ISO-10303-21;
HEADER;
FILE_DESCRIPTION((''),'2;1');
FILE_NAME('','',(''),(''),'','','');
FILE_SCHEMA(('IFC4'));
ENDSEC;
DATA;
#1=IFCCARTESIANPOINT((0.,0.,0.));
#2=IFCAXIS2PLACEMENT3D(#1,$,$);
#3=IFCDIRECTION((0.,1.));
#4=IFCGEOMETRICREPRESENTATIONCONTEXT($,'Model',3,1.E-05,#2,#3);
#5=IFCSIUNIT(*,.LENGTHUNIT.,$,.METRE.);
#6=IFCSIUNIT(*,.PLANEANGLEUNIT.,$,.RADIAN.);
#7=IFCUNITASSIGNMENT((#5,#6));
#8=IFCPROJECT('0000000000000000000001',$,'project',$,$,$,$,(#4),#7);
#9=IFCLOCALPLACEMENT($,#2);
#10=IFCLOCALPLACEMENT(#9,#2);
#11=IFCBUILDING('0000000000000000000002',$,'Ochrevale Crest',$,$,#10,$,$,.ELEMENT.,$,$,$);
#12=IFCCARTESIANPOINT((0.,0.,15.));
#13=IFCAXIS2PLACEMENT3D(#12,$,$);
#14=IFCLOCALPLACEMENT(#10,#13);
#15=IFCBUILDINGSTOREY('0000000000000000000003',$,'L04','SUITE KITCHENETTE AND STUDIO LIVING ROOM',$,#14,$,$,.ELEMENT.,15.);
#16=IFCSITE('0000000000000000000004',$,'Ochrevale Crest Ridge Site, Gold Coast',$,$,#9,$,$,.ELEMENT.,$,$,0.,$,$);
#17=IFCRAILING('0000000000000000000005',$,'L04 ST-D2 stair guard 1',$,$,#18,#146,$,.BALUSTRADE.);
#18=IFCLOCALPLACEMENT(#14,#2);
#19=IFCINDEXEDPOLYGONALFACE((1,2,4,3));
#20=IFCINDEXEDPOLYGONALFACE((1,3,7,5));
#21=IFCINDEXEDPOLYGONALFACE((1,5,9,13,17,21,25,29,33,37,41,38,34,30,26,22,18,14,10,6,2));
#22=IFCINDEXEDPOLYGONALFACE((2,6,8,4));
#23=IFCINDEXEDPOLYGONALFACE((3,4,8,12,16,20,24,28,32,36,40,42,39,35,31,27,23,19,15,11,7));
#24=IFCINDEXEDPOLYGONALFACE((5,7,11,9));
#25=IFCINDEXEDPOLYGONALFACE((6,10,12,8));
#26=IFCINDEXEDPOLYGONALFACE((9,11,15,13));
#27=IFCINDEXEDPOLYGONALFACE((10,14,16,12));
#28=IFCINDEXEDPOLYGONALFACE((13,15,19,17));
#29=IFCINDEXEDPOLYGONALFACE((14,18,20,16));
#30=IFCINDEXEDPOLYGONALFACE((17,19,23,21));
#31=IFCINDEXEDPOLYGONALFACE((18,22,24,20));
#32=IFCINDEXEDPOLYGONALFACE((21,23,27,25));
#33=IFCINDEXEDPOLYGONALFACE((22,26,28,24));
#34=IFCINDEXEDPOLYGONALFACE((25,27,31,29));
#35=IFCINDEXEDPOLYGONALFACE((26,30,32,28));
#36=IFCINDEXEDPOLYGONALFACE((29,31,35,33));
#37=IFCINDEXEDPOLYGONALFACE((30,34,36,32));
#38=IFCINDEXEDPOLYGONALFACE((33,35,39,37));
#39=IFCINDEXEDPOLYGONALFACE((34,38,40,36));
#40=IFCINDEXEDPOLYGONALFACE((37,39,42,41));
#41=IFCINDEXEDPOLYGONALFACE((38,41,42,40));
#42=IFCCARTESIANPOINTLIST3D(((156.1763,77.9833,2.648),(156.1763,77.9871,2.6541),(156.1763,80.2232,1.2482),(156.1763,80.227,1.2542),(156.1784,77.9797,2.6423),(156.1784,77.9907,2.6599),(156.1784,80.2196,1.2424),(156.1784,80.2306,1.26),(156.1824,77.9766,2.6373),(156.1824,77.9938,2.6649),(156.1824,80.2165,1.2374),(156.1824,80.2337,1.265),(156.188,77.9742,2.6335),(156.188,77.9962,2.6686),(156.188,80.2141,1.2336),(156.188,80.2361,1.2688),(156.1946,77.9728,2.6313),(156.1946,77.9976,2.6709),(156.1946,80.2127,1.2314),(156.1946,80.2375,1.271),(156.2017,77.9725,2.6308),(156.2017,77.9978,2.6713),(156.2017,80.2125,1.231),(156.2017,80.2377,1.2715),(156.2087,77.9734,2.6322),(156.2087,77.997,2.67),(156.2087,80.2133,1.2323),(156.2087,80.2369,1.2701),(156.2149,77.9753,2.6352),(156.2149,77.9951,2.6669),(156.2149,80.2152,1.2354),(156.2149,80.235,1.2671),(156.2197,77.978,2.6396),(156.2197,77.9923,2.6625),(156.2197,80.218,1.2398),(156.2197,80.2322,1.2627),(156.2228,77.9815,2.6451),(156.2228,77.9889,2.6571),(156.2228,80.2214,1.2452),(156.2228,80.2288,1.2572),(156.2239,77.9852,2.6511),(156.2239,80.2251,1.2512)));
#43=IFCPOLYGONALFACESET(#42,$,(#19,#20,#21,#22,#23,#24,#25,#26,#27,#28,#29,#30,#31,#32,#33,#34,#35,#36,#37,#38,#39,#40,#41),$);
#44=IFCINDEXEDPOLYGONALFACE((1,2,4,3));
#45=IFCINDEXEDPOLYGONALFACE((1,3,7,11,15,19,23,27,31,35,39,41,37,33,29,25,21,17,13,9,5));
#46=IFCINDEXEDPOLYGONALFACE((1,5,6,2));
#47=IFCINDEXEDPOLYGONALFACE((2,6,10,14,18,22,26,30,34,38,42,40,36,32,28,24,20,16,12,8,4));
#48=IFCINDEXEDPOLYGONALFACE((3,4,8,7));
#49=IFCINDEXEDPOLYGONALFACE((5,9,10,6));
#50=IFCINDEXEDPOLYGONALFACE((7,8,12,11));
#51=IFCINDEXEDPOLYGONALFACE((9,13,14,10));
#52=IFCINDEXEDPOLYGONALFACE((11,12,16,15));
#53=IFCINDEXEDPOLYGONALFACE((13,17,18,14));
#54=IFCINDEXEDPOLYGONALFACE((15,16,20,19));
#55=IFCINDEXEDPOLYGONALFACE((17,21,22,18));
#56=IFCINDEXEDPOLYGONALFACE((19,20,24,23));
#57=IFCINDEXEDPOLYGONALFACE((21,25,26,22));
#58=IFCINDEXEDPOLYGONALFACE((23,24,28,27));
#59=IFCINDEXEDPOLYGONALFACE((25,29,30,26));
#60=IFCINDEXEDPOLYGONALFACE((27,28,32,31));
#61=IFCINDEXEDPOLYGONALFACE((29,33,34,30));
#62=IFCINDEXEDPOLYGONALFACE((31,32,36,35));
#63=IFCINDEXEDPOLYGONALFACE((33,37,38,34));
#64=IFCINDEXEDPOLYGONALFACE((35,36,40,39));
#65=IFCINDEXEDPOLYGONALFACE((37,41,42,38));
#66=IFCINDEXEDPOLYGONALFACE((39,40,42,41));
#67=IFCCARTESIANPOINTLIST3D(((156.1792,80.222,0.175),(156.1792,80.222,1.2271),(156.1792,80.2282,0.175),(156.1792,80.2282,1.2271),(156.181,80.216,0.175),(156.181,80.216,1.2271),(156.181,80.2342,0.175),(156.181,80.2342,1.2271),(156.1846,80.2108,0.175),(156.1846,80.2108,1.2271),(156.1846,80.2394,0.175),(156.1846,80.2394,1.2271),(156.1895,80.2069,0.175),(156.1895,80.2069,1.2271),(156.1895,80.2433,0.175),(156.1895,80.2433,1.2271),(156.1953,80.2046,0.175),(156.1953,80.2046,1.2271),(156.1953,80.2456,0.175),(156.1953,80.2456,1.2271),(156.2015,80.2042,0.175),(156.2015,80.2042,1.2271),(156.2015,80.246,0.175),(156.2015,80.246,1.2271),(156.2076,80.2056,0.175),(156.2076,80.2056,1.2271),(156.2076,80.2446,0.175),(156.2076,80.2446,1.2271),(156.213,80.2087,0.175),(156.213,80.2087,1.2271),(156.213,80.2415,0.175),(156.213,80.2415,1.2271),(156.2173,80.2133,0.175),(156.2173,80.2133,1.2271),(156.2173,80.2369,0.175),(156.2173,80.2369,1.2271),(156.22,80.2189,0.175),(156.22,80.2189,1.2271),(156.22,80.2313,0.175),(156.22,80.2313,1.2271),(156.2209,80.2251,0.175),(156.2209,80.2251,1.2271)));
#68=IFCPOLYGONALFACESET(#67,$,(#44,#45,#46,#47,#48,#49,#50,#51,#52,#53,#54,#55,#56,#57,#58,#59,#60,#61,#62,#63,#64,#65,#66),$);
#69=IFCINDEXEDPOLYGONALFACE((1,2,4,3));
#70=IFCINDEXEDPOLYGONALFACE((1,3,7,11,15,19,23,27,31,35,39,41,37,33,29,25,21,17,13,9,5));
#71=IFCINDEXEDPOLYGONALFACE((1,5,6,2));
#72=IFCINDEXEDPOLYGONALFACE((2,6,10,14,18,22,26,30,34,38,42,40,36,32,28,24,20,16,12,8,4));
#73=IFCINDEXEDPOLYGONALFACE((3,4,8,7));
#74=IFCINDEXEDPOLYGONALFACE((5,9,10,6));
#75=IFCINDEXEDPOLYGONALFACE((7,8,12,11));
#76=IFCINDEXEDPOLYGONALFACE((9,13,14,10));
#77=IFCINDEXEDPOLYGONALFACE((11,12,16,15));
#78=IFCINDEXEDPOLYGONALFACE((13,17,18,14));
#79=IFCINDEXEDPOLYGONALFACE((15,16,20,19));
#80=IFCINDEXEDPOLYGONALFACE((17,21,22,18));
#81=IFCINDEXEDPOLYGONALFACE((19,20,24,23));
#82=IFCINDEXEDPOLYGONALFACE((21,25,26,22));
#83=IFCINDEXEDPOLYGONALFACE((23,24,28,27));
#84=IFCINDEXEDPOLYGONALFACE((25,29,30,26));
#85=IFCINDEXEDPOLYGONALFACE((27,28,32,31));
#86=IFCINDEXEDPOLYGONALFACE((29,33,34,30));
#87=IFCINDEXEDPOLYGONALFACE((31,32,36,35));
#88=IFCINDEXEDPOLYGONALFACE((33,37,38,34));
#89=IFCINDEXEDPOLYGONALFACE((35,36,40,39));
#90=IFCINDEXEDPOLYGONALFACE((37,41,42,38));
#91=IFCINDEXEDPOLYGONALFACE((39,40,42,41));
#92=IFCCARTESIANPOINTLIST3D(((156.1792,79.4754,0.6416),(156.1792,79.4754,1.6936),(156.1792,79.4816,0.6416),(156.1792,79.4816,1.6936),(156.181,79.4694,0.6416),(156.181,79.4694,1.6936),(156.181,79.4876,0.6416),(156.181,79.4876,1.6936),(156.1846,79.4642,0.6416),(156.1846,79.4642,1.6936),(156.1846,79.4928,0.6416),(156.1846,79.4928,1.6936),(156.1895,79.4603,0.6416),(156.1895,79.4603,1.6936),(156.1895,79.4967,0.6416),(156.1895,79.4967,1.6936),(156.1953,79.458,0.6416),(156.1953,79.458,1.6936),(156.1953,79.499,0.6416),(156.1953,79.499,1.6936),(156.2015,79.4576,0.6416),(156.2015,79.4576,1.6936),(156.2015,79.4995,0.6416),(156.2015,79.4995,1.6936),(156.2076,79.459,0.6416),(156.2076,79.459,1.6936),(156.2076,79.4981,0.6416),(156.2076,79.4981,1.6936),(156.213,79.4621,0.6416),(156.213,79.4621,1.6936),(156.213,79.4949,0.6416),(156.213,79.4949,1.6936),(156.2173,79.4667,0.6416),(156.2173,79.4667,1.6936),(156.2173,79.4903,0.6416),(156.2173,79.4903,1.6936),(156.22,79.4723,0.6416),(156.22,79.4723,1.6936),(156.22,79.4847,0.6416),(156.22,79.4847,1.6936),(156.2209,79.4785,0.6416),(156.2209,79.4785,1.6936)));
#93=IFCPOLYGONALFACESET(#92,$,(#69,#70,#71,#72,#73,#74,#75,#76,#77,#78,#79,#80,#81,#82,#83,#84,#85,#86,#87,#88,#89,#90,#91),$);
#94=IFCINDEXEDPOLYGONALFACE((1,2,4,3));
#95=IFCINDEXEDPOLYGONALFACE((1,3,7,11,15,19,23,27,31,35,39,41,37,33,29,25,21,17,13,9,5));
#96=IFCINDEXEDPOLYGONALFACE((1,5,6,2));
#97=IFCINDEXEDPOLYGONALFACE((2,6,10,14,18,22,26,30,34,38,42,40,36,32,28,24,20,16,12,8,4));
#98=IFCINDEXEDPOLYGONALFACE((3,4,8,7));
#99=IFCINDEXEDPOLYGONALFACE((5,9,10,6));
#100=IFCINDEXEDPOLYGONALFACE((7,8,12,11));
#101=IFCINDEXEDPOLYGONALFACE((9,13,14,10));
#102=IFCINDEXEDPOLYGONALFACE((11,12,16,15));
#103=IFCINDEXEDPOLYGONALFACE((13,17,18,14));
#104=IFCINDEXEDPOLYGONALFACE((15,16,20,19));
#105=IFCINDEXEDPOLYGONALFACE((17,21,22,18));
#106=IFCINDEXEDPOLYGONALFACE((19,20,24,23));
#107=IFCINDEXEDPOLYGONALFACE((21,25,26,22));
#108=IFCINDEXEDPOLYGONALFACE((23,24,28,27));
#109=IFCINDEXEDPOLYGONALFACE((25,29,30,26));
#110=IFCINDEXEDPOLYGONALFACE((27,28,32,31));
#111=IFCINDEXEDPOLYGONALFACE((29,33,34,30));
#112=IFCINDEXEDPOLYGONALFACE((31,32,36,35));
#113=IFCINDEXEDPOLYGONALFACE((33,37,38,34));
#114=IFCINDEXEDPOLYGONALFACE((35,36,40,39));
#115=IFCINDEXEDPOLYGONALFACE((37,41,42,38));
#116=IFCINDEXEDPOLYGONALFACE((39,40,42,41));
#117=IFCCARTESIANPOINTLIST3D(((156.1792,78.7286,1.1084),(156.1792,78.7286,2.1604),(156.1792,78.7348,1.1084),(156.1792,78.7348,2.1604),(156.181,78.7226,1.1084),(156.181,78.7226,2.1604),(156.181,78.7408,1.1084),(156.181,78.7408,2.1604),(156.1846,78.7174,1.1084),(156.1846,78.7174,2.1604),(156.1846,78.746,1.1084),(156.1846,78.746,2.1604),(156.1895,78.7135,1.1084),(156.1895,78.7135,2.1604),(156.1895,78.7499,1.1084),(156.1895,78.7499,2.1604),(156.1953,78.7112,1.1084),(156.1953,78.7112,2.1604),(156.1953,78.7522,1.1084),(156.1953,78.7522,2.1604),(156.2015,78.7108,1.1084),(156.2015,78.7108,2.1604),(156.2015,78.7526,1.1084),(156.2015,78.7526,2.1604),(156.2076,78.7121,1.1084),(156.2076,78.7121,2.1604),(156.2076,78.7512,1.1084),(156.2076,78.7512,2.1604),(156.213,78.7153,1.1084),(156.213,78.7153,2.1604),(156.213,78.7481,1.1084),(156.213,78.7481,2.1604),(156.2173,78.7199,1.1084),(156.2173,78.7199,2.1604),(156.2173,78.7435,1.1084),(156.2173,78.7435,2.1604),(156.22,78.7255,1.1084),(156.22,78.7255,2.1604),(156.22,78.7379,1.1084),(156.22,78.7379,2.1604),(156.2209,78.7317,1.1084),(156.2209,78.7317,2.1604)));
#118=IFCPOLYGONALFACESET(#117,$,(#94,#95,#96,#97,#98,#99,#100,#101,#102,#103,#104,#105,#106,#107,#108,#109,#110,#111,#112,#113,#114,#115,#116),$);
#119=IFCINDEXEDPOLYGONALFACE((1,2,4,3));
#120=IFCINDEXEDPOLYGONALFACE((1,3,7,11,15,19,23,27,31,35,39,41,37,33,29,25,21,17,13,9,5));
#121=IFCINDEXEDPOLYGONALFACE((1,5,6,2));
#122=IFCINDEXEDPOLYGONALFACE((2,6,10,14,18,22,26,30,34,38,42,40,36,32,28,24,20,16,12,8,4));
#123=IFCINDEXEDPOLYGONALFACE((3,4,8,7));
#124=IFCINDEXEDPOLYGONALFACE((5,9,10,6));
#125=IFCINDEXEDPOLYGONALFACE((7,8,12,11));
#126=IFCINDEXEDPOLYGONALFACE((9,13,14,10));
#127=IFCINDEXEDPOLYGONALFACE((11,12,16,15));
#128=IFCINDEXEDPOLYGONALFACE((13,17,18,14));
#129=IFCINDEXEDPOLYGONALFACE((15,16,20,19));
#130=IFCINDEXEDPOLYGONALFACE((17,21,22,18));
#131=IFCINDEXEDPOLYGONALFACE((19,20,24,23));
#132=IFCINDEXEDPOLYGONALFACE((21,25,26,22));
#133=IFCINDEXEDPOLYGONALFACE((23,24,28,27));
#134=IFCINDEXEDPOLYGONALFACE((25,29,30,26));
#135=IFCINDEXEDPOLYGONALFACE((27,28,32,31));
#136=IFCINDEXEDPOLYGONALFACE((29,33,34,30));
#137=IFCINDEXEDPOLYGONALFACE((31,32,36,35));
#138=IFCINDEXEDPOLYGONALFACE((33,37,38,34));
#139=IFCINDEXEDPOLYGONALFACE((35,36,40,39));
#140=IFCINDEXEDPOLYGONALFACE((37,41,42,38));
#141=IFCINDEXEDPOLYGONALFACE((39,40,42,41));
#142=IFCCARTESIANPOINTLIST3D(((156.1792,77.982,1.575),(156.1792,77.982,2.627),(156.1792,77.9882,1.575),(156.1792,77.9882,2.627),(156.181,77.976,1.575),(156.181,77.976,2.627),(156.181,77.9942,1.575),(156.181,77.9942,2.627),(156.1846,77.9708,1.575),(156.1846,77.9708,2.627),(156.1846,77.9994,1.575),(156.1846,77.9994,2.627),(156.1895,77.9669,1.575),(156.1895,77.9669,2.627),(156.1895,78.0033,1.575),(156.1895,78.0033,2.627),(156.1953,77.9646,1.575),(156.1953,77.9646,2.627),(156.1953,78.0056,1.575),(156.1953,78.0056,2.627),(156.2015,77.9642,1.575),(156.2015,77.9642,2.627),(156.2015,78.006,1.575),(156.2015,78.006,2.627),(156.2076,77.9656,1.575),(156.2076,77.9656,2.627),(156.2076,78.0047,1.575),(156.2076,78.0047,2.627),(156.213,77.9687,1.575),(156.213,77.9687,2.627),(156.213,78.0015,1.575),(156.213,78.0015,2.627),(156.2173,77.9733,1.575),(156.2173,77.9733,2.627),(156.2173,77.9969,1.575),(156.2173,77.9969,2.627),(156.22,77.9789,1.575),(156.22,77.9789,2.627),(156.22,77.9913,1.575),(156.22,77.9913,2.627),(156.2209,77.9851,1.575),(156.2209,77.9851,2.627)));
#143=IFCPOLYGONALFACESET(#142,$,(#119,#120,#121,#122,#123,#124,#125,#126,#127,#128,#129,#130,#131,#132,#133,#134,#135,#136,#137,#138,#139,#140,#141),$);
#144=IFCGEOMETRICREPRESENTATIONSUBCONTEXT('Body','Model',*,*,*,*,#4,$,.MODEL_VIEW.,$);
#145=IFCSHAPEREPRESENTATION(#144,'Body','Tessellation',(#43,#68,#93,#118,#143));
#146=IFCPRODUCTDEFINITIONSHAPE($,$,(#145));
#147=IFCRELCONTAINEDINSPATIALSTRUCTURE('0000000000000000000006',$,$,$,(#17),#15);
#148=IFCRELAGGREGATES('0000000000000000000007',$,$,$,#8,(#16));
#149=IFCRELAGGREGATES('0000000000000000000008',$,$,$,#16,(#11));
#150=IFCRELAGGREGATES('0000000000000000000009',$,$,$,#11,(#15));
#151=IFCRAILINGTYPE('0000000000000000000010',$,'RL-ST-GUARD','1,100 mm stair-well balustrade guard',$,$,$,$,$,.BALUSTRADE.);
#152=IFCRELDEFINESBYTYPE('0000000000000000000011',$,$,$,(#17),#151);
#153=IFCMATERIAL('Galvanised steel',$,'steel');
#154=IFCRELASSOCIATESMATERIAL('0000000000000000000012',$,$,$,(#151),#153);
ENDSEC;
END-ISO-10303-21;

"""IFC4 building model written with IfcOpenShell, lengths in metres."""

from ifc_helpers import new_model, si_unit, direction, frame, origin, origin_2d, place, context, subcontext, project, spatial, circle, extrude, material, type_object, element, save


model = new_model("IFC4")

# Units and contexts
model_context = context("Model", 3, precision=1e-05, world=origin(), true_north=direction((0.0, 1.0)))
body_context = subcontext(model_context, "Body", "Model", "MODEL_VIEW")
ifc_project = project(units=[si_unit("LENGTHUNIT", "METRE"), si_unit("PLANEANGLEUNIT", "RADIAN")], contexts=[model_context])

# Site, building, storey
site_placement = place(None, origin())
site = spatial("IfcSite", under=ifc_project, at=site_placement, Name="Ochrevale Crest Ridge Site, Gold Coast", CompositionType="ELEMENT", RefElevation=0.0)
building_placement = place(site_placement, origin())
building = spatial("IfcBuilding", under=site, at=building_placement, Name="Ochrevale Crest", CompositionType="ELEMENT")
storey_placement = place(building_placement, frame((0.0, 0.0, 15.0)))
storey = spatial("IfcBuildingStorey", under=building, at=storey_placement, Name="L04", Description="SUITE KITCHENETTE AND STUDIO LIVING ROOM", CompositionType="ELEMENT", Elevation=15.0)

# Railing
ifc_material_1 = material(Name="Galvanised steel", Category="steel")
railing_type_1 = type_object("IfcRailingType", Name="RL-ST-GUARD", Description="1,100 mm stair-well balustrade guard", PredefinedType="BALUSTRADE", material=ifc_material_1)
railing_1_placement = place(storey_placement, frame((156.2, 80.2251, 0.175)))
element("IfcRailing", 1, at=railing_1_placement, inside=storey, type_object=railing_type_1, Name="L04 ST-D2 stair guard 1", PredefinedType="BALUSTRADE", context=body_context, shape_type="SweptSolid", body=[
    extrude(circle(Radius=0.0239, at=origin_2d()), frame((0.0, 0.0, 1.0762), z_axis=(0.0, -0.848014, 0.529974), x_axis=(1.0, 0.0, 0.0)), (0.0, 0.0, 1.0), 2.6414),
    extrude(circle(Radius=0.021, at=origin_2d()), origin(), (0.0, 0.0, 1.0), 1.052),
    extrude(circle(Radius=0.021, at=origin_2d()), frame((0.0, -0.7466, 0.4666)), (0.0, 0.0, 1.0), 1.052),
    extrude(circle(Radius=0.021, at=origin_2d()), frame((0.0, -1.4934, 0.9333)), (0.0, 0.0, 1.0), 1.052),
    extrude(circle(Radius=0.021, at=origin_2d()), frame((0.0, -2.24, 1.3999)), (0.0, 0.0, 1.0), 1.052),
])

save(model, "model.ifc")
